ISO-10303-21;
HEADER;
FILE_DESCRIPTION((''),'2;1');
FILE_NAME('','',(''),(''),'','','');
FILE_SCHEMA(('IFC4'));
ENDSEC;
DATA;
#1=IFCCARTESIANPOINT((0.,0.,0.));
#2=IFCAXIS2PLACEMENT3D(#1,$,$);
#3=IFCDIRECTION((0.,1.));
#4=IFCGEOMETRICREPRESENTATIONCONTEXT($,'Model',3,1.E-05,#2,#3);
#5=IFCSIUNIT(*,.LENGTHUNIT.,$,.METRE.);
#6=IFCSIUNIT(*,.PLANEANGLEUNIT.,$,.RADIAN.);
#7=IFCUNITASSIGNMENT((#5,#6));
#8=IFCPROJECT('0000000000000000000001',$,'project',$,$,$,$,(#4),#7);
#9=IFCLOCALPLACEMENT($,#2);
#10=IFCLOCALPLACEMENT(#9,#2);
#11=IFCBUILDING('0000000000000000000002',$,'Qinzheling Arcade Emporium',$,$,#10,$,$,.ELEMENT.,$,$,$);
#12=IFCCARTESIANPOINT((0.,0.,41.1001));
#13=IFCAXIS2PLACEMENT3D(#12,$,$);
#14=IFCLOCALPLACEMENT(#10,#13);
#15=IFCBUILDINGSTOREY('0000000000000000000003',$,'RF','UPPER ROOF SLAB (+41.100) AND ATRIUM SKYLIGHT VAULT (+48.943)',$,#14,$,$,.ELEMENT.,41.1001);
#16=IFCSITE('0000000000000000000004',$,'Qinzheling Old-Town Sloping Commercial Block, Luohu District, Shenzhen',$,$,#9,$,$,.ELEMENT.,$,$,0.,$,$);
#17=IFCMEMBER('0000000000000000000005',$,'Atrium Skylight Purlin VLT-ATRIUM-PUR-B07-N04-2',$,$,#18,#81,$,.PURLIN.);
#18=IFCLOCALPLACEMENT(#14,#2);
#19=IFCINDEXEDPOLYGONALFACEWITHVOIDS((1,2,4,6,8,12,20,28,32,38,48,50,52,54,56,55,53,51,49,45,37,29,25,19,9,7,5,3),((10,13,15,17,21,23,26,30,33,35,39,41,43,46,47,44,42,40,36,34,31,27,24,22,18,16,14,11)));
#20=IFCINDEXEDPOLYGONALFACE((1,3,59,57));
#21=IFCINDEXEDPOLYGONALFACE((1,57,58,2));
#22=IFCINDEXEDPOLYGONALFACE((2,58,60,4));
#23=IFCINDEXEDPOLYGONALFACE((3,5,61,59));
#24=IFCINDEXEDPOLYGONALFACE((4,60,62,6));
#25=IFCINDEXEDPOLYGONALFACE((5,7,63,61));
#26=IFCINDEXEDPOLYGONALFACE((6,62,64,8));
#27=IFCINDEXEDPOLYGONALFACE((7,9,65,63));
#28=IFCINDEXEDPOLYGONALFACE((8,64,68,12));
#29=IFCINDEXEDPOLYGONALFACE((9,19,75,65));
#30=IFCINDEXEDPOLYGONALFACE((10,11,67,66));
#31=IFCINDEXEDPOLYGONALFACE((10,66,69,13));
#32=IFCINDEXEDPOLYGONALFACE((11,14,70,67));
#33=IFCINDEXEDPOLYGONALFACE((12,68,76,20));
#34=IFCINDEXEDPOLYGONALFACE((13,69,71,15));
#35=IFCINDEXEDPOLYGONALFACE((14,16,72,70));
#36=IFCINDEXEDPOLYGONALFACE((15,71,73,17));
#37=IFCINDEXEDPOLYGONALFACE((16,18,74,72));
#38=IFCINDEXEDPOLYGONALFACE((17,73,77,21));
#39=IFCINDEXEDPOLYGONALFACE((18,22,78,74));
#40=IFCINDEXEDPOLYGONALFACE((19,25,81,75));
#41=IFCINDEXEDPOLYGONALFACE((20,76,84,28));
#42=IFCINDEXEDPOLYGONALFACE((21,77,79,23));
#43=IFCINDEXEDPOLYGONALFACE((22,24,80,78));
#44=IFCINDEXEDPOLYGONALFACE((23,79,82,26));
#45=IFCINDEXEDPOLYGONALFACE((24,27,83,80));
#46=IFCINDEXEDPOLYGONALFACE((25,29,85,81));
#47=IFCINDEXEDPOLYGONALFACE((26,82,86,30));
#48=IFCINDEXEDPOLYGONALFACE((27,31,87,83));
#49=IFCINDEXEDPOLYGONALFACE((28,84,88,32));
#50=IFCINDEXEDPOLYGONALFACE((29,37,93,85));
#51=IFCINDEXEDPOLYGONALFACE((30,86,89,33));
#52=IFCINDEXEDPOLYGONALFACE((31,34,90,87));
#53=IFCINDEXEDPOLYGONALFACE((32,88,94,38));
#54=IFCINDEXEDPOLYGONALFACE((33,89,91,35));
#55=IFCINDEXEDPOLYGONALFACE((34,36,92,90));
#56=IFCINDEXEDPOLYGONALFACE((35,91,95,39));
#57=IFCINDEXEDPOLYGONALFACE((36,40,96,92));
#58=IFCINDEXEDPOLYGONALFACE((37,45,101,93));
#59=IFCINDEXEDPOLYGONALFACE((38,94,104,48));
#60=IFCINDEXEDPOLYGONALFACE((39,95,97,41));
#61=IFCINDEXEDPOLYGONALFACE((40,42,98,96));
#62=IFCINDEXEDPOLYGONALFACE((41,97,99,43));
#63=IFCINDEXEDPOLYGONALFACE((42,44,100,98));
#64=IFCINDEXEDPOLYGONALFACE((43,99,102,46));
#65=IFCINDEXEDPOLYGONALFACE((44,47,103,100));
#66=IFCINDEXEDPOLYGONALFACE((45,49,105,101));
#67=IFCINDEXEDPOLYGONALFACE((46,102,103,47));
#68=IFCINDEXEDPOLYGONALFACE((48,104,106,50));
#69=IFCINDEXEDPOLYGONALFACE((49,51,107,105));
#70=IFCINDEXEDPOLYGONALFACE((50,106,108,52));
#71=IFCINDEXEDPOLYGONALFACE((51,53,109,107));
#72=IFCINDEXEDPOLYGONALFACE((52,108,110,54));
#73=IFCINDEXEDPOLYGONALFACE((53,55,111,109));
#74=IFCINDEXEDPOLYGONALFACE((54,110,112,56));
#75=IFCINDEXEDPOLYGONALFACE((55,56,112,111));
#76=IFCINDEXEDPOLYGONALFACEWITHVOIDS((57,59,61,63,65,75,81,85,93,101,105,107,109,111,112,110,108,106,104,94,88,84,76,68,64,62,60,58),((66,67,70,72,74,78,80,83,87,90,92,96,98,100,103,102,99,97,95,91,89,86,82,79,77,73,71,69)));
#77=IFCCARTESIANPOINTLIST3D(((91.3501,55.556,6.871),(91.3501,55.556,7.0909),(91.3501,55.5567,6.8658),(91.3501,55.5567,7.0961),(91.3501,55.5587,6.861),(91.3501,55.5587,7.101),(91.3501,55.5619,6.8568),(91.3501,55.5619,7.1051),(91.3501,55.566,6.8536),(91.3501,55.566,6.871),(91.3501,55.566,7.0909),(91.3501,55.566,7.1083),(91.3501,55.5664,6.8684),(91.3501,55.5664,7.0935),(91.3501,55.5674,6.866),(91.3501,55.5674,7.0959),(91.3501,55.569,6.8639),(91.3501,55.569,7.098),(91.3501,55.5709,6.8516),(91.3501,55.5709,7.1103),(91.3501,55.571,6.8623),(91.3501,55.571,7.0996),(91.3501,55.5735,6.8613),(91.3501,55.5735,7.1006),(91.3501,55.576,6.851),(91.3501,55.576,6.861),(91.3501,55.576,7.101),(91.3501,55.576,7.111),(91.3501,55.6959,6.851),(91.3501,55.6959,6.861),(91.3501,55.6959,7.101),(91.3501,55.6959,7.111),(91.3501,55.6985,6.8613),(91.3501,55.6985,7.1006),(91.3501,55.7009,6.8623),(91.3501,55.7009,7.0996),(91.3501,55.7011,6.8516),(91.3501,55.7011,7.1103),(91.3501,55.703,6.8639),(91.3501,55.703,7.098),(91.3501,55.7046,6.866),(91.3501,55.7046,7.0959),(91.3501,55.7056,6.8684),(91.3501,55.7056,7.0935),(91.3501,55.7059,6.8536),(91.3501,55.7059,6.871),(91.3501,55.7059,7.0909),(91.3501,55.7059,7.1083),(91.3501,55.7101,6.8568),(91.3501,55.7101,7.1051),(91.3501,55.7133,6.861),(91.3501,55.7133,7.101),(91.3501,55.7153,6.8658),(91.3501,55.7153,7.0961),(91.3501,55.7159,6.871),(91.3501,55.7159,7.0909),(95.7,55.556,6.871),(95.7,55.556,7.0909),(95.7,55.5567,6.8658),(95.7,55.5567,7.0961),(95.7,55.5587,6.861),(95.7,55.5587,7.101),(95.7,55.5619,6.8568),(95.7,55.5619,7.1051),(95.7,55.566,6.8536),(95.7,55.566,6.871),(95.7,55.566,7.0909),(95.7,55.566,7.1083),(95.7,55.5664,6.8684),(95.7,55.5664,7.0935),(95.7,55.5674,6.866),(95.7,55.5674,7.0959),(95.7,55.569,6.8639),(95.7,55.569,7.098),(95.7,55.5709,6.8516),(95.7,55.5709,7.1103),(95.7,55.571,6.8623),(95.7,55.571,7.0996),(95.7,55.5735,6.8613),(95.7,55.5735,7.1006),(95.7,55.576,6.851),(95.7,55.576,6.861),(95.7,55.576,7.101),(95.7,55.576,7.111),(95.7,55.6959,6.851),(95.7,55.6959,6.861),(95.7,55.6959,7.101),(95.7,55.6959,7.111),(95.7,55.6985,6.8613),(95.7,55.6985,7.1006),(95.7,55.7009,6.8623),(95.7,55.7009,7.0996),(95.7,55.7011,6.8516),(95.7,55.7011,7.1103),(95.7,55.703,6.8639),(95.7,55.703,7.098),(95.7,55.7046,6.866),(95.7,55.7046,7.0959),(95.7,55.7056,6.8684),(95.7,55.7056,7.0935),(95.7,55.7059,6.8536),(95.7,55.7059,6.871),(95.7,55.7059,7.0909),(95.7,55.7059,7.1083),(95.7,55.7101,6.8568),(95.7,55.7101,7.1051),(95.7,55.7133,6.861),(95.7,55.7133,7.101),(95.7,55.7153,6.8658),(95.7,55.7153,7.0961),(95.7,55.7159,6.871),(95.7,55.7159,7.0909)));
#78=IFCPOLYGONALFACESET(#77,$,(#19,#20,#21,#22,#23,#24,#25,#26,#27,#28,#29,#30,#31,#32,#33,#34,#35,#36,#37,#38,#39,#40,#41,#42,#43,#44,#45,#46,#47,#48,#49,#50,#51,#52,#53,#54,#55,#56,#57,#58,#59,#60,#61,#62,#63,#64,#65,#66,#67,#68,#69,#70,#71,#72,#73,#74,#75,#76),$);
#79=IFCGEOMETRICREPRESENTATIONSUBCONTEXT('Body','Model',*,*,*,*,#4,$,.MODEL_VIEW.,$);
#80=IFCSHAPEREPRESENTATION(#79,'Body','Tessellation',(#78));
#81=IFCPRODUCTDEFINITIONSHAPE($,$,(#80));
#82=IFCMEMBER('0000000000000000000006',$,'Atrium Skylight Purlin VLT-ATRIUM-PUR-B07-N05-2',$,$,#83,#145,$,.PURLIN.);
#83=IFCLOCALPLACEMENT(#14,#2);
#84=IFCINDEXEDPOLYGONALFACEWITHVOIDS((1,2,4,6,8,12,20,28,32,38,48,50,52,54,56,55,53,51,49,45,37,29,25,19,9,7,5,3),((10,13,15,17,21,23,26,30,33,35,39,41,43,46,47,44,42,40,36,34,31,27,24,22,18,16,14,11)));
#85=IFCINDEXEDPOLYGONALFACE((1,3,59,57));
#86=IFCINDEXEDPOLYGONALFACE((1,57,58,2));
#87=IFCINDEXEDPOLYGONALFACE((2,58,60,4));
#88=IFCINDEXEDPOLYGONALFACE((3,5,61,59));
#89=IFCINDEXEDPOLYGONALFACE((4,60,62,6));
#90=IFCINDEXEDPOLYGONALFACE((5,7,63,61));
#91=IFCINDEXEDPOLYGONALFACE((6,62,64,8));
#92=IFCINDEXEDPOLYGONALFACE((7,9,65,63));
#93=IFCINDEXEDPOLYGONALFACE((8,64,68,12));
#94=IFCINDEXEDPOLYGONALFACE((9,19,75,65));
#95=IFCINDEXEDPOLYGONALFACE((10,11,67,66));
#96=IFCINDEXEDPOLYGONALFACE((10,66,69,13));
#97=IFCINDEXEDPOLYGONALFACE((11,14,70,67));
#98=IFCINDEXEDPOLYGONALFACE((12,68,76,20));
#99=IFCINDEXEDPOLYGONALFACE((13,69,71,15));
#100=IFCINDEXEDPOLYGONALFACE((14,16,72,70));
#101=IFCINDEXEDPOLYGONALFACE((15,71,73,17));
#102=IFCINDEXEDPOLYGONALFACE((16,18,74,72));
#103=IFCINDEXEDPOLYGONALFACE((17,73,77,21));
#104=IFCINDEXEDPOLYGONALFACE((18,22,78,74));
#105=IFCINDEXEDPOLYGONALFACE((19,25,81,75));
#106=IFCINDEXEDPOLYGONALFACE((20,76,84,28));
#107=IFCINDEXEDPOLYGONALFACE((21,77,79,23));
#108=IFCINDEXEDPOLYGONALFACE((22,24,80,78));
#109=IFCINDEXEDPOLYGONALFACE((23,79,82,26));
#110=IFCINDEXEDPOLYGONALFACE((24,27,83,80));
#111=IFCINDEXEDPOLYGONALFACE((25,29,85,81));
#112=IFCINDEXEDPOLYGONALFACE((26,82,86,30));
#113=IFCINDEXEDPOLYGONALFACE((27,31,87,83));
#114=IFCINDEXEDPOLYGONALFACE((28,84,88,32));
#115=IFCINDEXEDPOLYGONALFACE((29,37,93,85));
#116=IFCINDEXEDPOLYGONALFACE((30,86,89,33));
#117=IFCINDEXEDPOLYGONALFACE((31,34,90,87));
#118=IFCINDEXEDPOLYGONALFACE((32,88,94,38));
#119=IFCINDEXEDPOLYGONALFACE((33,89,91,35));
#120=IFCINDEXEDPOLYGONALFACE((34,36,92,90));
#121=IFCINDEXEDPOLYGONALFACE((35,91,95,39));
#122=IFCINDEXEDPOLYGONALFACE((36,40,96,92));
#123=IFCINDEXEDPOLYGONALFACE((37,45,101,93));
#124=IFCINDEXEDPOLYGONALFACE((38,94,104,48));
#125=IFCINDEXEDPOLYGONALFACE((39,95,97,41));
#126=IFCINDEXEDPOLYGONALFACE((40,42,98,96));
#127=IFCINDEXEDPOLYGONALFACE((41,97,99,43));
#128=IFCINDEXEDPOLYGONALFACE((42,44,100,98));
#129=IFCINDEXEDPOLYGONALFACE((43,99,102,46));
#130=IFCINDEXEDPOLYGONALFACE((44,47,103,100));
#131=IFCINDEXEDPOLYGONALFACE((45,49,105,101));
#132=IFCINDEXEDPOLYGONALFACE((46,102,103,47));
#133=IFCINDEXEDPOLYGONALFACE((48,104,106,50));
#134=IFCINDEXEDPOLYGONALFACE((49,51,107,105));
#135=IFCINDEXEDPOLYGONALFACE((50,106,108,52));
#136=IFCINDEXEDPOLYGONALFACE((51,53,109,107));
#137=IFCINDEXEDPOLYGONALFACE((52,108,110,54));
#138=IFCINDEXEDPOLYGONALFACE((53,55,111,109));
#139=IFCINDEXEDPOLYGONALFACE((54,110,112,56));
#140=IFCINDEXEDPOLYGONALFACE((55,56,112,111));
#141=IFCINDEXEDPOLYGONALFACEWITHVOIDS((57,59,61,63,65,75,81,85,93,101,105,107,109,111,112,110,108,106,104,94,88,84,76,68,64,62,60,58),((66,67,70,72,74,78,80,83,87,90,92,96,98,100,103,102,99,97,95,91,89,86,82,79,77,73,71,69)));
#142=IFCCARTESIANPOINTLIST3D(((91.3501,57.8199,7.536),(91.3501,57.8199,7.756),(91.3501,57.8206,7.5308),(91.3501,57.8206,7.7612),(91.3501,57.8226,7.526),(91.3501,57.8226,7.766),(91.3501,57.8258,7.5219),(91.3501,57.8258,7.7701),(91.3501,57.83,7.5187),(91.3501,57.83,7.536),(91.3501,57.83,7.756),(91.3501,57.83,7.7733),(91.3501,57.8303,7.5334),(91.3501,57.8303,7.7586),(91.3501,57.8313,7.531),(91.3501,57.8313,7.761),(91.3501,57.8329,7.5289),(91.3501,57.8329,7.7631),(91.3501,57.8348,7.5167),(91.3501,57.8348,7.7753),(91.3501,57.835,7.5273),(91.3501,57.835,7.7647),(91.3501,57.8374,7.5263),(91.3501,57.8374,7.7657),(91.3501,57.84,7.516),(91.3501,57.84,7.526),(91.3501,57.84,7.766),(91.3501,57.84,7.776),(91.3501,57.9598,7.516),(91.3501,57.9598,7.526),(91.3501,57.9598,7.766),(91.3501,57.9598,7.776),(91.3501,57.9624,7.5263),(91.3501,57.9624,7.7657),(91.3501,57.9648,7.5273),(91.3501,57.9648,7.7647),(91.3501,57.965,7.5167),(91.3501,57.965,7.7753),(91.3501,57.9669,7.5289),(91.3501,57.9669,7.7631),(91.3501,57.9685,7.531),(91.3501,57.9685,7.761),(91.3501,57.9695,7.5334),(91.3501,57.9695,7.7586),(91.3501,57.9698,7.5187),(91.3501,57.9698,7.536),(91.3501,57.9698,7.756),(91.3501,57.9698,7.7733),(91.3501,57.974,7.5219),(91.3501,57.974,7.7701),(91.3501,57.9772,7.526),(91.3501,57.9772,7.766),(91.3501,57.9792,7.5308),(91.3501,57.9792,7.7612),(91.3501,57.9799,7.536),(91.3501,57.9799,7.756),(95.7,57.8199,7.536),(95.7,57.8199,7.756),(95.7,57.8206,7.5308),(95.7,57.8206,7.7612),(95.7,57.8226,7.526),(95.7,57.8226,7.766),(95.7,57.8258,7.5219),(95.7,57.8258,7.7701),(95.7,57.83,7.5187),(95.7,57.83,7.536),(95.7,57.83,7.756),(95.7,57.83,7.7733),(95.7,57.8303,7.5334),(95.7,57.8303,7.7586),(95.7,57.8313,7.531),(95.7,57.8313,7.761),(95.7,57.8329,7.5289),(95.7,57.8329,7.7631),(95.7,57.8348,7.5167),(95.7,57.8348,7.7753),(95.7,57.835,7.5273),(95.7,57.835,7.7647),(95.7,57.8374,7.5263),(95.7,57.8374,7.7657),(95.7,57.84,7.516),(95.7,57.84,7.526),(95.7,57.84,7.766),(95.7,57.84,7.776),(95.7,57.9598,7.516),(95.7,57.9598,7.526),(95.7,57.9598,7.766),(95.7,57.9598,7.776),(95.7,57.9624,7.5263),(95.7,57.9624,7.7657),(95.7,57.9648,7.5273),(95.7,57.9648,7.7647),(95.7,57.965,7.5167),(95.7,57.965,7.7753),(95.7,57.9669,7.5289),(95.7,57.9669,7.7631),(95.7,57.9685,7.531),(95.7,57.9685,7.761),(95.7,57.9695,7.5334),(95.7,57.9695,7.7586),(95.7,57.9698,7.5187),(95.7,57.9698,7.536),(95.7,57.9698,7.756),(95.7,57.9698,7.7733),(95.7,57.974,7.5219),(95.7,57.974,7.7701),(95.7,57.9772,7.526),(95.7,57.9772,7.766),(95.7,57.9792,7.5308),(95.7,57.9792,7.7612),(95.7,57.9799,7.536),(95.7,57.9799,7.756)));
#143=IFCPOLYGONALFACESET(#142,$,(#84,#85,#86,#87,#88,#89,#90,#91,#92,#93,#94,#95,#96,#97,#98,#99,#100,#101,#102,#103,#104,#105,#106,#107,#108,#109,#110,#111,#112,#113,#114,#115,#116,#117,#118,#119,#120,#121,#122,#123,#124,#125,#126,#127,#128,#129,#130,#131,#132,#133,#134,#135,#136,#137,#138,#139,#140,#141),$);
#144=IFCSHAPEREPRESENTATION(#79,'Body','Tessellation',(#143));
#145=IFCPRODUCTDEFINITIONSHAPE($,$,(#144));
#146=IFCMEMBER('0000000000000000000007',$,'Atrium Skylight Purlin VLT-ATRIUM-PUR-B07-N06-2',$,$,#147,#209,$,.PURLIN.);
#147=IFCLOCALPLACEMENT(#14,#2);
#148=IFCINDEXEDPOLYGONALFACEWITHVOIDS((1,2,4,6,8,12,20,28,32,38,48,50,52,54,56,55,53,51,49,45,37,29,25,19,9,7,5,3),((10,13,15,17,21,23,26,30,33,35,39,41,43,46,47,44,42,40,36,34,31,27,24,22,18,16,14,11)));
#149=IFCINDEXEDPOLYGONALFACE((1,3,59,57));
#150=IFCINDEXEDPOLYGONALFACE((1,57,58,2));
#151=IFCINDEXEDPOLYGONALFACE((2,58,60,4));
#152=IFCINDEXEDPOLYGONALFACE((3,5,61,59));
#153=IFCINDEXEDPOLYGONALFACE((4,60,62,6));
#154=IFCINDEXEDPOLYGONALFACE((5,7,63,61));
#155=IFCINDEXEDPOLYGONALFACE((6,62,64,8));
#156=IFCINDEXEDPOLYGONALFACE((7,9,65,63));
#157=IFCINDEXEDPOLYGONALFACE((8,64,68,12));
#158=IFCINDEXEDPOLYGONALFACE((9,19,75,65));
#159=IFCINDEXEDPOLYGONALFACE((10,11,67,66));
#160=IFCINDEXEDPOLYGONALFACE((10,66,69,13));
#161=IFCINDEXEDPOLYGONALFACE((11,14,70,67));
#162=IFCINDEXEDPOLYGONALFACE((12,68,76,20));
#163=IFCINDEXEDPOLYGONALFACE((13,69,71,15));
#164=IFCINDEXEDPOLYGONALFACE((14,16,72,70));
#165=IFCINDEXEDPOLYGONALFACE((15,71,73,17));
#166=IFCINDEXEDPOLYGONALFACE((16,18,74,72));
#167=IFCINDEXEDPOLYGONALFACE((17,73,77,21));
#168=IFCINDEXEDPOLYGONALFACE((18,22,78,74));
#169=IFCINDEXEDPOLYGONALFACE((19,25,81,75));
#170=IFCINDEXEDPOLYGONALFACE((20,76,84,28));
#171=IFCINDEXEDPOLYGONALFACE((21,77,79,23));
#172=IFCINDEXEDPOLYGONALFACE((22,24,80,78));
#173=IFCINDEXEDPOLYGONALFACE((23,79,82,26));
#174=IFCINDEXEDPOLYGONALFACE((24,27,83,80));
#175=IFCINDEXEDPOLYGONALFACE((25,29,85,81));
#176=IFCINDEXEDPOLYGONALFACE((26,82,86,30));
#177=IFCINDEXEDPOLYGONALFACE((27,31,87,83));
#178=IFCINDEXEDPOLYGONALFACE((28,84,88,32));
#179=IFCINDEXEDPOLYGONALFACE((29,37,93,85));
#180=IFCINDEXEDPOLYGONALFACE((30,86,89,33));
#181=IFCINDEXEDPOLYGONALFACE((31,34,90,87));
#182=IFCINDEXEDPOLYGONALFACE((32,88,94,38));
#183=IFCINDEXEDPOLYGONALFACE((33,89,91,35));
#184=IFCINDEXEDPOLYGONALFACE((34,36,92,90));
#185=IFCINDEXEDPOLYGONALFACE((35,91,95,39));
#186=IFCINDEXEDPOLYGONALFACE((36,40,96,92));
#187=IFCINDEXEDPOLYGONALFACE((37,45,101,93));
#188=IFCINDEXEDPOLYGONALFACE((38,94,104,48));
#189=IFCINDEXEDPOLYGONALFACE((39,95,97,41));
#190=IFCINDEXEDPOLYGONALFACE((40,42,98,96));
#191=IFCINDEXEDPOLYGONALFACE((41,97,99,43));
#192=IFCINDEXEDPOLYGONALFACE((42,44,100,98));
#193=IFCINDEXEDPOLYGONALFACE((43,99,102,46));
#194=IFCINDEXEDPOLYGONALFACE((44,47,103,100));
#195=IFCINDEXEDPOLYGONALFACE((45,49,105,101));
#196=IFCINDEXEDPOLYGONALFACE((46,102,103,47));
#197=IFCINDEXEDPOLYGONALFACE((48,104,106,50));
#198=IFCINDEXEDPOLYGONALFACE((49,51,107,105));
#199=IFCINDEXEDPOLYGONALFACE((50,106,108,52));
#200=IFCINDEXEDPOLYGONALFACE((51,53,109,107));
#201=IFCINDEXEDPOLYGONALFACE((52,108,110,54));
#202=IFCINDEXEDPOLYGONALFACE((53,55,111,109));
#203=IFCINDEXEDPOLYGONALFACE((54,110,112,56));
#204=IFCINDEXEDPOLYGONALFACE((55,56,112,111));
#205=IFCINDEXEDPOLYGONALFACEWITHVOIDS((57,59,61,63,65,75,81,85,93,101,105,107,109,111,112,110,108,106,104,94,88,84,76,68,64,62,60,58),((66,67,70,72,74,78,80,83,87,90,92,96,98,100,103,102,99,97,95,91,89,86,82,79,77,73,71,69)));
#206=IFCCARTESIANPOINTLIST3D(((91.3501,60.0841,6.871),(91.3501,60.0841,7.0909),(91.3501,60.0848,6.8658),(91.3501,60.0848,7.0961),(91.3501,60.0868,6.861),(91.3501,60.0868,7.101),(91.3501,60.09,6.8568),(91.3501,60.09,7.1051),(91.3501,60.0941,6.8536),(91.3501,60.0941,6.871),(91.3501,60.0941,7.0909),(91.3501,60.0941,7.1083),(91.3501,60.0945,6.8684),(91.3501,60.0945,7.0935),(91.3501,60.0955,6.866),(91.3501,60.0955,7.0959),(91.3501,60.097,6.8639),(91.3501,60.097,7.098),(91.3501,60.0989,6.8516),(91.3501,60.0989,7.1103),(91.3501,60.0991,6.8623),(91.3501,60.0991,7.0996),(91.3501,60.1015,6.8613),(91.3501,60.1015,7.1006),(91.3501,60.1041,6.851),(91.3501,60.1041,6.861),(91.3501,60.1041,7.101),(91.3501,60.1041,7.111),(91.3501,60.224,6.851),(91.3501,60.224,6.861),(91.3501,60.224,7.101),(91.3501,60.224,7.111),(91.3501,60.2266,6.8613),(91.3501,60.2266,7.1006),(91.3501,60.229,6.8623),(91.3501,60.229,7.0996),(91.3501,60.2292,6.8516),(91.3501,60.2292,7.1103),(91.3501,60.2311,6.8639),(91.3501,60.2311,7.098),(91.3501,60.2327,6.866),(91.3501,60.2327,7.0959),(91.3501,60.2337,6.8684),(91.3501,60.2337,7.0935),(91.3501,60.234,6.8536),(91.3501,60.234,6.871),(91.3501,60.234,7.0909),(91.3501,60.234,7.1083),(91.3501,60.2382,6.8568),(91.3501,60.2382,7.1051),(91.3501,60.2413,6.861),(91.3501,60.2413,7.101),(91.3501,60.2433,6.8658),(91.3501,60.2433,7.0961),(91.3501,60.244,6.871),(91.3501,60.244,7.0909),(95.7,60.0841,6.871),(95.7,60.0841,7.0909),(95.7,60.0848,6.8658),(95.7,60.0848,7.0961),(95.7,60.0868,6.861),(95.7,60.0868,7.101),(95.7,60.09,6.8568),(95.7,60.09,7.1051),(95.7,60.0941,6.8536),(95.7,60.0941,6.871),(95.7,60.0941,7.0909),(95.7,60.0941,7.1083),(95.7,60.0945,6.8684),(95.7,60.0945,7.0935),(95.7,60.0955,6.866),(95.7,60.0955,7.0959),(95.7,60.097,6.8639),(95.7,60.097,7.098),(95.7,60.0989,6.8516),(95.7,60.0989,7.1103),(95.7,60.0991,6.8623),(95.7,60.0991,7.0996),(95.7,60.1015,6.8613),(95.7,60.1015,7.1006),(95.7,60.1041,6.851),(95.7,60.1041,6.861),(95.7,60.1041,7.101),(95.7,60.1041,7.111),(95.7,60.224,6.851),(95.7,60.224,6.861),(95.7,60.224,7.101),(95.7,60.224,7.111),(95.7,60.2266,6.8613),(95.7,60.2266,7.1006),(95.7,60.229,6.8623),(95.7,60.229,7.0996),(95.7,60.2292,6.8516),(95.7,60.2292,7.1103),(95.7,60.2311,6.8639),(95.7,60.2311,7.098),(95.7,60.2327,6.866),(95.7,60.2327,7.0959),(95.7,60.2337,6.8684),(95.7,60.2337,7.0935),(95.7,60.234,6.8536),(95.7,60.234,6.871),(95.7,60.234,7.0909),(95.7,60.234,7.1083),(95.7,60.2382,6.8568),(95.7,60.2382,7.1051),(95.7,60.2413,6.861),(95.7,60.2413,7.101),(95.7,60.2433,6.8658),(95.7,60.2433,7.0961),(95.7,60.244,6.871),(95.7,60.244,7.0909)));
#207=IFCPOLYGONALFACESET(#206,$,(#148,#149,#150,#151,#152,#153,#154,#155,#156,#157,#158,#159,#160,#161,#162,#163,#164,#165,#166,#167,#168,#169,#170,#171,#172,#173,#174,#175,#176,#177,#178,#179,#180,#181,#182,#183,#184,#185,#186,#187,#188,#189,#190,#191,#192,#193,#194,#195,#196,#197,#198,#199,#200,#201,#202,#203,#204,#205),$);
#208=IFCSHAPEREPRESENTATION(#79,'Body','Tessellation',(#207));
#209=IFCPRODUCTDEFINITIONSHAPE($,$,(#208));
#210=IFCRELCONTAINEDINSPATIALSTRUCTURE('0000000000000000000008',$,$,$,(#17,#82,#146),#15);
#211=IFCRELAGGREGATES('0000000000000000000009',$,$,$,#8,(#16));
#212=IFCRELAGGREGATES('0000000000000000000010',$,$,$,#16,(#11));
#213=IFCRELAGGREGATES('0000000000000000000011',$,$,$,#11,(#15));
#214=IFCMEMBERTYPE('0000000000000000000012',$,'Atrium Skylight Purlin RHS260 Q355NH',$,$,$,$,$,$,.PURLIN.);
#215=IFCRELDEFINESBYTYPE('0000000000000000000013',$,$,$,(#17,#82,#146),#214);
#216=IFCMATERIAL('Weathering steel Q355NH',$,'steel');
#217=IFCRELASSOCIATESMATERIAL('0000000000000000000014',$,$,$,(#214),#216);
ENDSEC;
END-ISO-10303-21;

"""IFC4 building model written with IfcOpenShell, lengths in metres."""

from ifc_helpers import new_model, si_unit, direction, frame, origin, origin_2d, place, context, subcontext, project, spatial, hollow_rectangle, extrude, material, material_profile, profile_set, type_object, element, save


model = new_model("IFC4")

# Units and contexts
model_context = context("Model", 3, precision=1e-05, world=origin(), true_north=direction((0.0, 1.0)))
body_context = subcontext(model_context, "Body", "Model", "MODEL_VIEW")
ifc_project = project(units=[si_unit("LENGTHUNIT", "METRE"), si_unit("PLANEANGLEUNIT", "RADIAN")], contexts=[model_context])

# Site, building, storey
site_placement = place(None, origin())
site = spatial("IfcSite", under=ifc_project, at=site_placement, Name="Qinzheling Old-Town Sloping Commercial Block, Luohu District, Shenzhen", CompositionType="ELEMENT", RefElevation=0.0)
building_placement = place(site_placement, origin())
building = spatial("IfcBuilding", under=site, at=building_placement, Name="Qinzheling Arcade Emporium", CompositionType="ELEMENT")
storey_placement = place(building_placement, frame((0.0, 0.0, 41.1001)))
storey = spatial("IfcBuildingStorey", under=building, at=storey_placement, Name="RF", Description="UPPER ROOF SLAB (+41.100) AND ATRIUM SKYLIGHT VAULT (+48.943)", CompositionType="ELEMENT", Elevation=41.1001)

# Shared definitions
ifc_material_1 = material(Name="Weathering steel Q355NH", Category="steel")

# Members
ifc_material_profile_1 = material_profile(ifc_material_1, hollow_rectangle(XDim=0.1599, YDim=0.26, WallThickness=0.01, InnerFilletRadius=0.01, OuterFilletRadius=0.02, at=origin_2d()), Name="RHS 260x160x10", Category="steel")
ifc_profile_set_1 = profile_set([ifc_material_profile_1], Name="Weathering steel Q355NH")
member_type = type_object("IfcMemberType", Name="Atrium Skylight Purlin RHS260 Q355NH", PredefinedType="PURLIN", material=ifc_profile_set_1)
for number, where, z_axis, x_axis, name in (
    (1, (91.3501, 55.636, 6.981), (1.0, 0.0, 0.0), (0.0, 1.0, 0.0), "Atrium Skylight Purlin VLT-ATRIUM-PUR-B07-N04-2"),
    (2, (91.3501, 57.8999, 7.646), (1.0, 0.0, 0.0), (0.0, 1.0, 0.0), "Atrium Skylight Purlin VLT-ATRIUM-PUR-B07-N05-2"),
    (3, (91.3501, 60.1641, 6.981), (1.0, 0.0, 0.0), (0.0, 1.0, 0.0), "Atrium Skylight Purlin VLT-ATRIUM-PUR-B07-N06-2"),
):
    element("IfcMember", number, at=place(storey_placement, frame(where, z_axis=z_axis, x_axis=x_axis)), inside=storey, type_object=member_type, Name=name, PredefinedType="PURLIN", context=body_context, shape_type="SweptSolid", body=[
        extrude(hollow_rectangle(XDim=0.1599, YDim=0.26, WallThickness=0.01, InnerFilletRadius=0.01, OuterFilletRadius=0.02, at=origin_2d()), origin(), (0.0, 0.0, 1.0), 4.3499),
    ])

save(model, "model.ifc")
